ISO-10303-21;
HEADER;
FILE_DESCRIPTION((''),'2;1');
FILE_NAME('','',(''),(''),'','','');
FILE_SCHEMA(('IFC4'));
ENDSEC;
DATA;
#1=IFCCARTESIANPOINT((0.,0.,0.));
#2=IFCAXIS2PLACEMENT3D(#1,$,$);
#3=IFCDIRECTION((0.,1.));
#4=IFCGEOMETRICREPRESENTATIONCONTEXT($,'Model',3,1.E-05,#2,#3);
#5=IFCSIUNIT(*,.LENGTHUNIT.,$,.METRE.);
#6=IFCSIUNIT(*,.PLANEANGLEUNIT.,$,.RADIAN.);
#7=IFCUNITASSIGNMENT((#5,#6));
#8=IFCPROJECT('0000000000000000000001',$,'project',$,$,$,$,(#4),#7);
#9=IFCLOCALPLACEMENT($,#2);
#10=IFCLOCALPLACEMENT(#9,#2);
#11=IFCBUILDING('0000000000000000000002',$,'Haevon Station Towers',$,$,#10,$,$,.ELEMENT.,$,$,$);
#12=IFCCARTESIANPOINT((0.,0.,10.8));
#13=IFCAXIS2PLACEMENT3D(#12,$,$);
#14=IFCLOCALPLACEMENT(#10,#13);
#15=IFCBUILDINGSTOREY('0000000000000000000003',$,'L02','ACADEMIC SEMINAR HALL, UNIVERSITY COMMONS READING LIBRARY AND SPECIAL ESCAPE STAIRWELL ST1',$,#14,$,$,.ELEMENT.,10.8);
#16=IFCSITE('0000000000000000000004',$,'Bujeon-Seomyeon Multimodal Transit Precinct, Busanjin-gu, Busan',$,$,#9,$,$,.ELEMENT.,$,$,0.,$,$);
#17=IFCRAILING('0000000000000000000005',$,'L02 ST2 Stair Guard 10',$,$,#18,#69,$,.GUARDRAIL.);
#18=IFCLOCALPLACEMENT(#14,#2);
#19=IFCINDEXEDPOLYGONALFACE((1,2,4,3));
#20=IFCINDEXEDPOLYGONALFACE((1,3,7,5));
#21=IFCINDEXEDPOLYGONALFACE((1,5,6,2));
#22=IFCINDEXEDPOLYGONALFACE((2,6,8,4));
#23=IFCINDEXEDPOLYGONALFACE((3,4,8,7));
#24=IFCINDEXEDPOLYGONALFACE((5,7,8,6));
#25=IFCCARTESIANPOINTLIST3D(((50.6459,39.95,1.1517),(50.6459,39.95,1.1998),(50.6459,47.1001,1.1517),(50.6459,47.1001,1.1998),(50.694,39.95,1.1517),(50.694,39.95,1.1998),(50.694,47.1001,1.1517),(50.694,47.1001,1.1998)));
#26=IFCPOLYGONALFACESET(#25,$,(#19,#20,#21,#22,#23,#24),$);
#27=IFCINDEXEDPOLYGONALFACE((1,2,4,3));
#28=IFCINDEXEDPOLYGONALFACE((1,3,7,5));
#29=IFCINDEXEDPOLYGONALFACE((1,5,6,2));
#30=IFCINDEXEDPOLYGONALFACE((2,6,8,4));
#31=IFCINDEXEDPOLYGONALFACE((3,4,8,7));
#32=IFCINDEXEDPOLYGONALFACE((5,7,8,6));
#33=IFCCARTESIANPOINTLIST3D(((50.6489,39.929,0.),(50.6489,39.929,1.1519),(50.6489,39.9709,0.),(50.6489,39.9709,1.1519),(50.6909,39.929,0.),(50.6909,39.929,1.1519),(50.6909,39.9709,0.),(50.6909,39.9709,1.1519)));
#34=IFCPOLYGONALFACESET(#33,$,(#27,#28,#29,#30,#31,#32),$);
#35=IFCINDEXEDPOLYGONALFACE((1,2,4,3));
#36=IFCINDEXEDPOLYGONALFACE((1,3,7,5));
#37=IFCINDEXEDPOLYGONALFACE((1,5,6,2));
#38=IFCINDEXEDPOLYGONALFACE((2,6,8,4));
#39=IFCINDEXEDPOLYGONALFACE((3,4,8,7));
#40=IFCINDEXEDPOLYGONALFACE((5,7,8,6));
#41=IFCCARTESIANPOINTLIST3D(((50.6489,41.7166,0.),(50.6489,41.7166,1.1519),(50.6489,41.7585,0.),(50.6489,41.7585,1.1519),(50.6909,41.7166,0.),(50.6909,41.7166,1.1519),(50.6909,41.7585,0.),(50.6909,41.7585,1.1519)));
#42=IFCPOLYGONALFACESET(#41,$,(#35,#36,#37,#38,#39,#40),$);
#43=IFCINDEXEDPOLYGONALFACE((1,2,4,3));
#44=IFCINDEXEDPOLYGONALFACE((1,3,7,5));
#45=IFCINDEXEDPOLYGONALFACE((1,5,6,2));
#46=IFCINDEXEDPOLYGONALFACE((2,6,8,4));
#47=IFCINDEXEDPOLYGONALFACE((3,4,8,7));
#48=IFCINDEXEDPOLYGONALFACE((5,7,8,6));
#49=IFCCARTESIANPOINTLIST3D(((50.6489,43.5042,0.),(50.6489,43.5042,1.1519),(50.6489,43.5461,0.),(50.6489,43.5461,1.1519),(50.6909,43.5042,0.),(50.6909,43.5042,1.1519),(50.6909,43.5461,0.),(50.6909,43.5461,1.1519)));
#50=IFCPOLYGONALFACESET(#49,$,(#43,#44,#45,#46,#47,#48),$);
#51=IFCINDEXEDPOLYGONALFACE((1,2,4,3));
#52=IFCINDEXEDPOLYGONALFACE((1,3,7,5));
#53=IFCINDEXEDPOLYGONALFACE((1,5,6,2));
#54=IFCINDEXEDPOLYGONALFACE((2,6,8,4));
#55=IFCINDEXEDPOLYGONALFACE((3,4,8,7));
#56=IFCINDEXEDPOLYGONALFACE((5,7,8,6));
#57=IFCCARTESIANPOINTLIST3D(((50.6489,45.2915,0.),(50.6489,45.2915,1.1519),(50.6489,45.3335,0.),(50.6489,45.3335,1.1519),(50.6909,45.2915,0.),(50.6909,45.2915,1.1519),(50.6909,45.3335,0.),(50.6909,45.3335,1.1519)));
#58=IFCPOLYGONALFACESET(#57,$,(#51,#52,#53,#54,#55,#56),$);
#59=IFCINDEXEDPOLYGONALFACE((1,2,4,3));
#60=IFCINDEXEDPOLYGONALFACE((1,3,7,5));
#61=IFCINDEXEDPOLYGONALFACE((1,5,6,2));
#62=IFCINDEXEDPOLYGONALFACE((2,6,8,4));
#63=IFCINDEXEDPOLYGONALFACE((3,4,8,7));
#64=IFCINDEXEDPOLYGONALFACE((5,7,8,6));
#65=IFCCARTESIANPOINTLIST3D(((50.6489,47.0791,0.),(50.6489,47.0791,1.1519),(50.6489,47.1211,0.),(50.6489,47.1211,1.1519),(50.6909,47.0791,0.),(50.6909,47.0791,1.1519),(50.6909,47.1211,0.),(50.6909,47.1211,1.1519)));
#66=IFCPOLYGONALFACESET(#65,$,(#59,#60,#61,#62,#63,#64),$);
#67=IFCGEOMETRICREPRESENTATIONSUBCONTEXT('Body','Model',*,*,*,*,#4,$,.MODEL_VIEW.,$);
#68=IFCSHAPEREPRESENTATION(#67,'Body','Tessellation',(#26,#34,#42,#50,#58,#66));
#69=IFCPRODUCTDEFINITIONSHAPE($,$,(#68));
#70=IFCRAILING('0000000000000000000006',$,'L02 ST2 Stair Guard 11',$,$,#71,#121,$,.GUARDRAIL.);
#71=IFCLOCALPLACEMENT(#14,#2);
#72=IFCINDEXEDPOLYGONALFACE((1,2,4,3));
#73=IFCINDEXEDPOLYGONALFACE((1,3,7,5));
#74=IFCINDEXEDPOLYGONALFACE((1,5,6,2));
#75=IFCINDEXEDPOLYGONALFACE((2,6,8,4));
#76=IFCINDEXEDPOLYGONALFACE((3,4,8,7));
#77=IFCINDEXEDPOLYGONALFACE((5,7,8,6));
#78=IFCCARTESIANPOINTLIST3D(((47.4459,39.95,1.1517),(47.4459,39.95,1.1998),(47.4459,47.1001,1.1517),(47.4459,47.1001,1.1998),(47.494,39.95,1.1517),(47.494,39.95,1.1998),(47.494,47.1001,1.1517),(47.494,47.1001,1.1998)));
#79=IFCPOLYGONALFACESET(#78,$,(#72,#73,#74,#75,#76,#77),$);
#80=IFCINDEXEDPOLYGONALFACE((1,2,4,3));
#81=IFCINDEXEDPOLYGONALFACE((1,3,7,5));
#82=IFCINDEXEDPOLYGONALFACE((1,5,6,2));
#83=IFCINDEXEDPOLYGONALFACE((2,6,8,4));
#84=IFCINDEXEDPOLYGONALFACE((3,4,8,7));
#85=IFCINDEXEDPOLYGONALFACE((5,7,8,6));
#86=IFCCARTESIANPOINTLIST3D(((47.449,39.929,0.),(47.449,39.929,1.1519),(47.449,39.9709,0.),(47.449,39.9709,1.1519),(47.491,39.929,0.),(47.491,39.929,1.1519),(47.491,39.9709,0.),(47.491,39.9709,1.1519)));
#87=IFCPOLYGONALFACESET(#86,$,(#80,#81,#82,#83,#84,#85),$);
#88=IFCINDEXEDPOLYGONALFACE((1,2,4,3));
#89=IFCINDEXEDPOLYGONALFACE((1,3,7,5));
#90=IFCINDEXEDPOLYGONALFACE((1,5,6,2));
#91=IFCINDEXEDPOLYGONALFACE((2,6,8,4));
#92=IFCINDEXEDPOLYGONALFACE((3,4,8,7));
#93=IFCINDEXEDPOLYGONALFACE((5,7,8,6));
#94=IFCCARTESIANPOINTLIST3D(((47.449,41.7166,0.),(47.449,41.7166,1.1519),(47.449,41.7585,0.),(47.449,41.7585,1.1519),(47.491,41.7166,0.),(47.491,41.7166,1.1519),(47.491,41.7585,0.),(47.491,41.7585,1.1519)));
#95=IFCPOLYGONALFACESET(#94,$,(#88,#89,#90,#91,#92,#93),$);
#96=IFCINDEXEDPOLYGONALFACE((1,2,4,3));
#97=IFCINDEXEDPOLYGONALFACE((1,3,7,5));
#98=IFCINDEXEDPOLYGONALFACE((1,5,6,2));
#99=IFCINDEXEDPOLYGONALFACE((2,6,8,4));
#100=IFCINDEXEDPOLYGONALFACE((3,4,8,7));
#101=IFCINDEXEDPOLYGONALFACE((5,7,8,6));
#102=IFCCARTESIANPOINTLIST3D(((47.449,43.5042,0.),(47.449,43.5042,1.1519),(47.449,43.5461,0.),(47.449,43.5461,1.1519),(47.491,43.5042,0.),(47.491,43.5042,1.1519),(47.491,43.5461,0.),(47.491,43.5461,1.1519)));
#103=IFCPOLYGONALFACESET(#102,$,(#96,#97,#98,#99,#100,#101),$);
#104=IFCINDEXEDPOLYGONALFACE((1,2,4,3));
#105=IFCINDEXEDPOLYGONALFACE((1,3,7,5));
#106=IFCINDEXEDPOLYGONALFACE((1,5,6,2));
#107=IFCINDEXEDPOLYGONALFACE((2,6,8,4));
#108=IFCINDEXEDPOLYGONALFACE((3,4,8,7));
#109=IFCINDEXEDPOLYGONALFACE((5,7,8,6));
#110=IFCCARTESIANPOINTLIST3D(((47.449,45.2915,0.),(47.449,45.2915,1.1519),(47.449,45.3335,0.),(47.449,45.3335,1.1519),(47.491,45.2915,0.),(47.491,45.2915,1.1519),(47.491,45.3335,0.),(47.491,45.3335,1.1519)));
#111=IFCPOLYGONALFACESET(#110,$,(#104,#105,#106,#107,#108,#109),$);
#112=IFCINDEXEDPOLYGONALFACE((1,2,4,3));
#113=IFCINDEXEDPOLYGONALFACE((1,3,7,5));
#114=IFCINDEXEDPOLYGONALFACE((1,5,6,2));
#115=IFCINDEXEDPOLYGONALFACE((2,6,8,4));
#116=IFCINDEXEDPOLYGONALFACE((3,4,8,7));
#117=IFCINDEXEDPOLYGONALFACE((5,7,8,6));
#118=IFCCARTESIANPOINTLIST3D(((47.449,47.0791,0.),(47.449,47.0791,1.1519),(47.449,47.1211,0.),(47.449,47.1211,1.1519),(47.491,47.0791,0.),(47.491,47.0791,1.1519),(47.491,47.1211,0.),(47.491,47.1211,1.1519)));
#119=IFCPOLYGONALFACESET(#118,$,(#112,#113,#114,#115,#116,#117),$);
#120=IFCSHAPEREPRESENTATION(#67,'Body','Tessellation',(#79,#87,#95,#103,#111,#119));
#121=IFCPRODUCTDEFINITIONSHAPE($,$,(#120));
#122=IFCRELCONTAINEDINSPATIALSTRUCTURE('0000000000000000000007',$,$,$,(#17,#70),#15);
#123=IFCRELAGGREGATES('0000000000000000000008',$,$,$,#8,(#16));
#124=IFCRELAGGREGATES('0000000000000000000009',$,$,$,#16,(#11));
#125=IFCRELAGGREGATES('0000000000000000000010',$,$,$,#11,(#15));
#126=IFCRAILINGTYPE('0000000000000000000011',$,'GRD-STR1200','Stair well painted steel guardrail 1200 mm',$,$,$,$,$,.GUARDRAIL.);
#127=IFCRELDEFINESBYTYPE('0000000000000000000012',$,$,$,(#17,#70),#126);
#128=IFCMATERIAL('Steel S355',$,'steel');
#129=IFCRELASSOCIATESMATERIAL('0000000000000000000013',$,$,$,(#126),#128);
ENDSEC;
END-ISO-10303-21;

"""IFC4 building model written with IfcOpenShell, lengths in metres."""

from ifc_helpers import new_model, si_unit, direction, frame, origin, origin_2d, place, context, subcontext, project, spatial, rectangle, extrude, material, type_object, element, save


model = new_model("IFC4")

# Units and contexts
model_context = context("Model", 3, precision=1e-05, world=origin(), true_north=direction((0.0, 1.0)))
body_context = subcontext(model_context, "Body", "Model", "MODEL_VIEW")
ifc_project = project(units=[si_unit("LENGTHUNIT", "METRE"), si_unit("PLANEANGLEUNIT", "RADIAN")], contexts=[model_context])

# Site, building, storey
site_placement = place(None, origin())
site = spatial("IfcSite", under=ifc_project, at=site_placement, Name="Bujeon-Seomyeon Multimodal Transit Precinct, Busanjin-gu, Busan", CompositionType="ELEMENT", RefElevation=0.0)
building_placement = place(site_placement, origin())
building = spatial("IfcBuilding", under=site, at=building_placement, Name="Haevon Station Towers", CompositionType="ELEMENT")
storey_placement = place(building_placement, frame((0.0, 0.0, 10.8)))
storey = spatial("IfcBuildingStorey", under=building, at=storey_placement, Name="L02", Description="ACADEMIC SEMINAR HALL, UNIVERSITY COMMONS READING LIBRARY AND SPECIAL ESCAPE STAIRWELL ST1", CompositionType="ELEMENT", Elevation=10.8)

# Shared definitions
ifc_material_1 = material(Name="Steel S355", Category="steel")

# Railings
railing_type = type_object("IfcRailingType", Name="GRD-STR1200", Description="Stair well painted steel guardrail 1200 mm", PredefinedType="GUARDRAIL", material=ifc_material_1)
for number, where, name in (
    (1, (50.6699, 39.95, 0.0), "L02 ST2 Stair Guard 10"),
    (2, (47.47, 39.95, 0.0), "L02 ST2 Stair Guard 11"),
):
    element("IfcRailing", number, at=place(storey_placement, frame(where)), inside=storey, type_object=railing_type, Name=name, PredefinedType="GUARDRAIL", context=body_context, shape_type="SweptSolid", body=[
        extrude(rectangle(XDim=0.0481, YDim=0.0481, at=origin_2d()), frame((0.0, 0.0, 1.1758), z_axis=(0.0, 1.0, 0.0), x_axis=(-1.0, 0.0, 0.0)), (0.0, 0.0, 1.0), 7.1501),
        extrude(rectangle(XDim=0.042, YDim=0.042, at=origin_2d()), origin(), (0.0, 0.0, 1.0), 1.1519),
        extrude(rectangle(XDim=0.042, YDim=0.042, at=origin_2d()), frame((0.0, 1.7876, 0.0)), (0.0, 0.0, 1.0), 1.1519),
        extrude(rectangle(XDim=0.042, YDim=0.042, at=origin_2d()), frame((0.0, 3.5752, 0.0)), (0.0, 0.0, 1.0), 1.1519),
        extrude(rectangle(XDim=0.042, YDim=0.042, at=origin_2d()), frame((0.0, 5.3625, 0.0)), (0.0, 0.0, 1.0), 1.1519),
        extrude(rectangle(XDim=0.042, YDim=0.042, at=origin_2d()), frame((0.0, 7.1501, 0.0)), (0.0, 0.0, 1.0), 1.1519),
    ])

save(model, "model.ifc")
